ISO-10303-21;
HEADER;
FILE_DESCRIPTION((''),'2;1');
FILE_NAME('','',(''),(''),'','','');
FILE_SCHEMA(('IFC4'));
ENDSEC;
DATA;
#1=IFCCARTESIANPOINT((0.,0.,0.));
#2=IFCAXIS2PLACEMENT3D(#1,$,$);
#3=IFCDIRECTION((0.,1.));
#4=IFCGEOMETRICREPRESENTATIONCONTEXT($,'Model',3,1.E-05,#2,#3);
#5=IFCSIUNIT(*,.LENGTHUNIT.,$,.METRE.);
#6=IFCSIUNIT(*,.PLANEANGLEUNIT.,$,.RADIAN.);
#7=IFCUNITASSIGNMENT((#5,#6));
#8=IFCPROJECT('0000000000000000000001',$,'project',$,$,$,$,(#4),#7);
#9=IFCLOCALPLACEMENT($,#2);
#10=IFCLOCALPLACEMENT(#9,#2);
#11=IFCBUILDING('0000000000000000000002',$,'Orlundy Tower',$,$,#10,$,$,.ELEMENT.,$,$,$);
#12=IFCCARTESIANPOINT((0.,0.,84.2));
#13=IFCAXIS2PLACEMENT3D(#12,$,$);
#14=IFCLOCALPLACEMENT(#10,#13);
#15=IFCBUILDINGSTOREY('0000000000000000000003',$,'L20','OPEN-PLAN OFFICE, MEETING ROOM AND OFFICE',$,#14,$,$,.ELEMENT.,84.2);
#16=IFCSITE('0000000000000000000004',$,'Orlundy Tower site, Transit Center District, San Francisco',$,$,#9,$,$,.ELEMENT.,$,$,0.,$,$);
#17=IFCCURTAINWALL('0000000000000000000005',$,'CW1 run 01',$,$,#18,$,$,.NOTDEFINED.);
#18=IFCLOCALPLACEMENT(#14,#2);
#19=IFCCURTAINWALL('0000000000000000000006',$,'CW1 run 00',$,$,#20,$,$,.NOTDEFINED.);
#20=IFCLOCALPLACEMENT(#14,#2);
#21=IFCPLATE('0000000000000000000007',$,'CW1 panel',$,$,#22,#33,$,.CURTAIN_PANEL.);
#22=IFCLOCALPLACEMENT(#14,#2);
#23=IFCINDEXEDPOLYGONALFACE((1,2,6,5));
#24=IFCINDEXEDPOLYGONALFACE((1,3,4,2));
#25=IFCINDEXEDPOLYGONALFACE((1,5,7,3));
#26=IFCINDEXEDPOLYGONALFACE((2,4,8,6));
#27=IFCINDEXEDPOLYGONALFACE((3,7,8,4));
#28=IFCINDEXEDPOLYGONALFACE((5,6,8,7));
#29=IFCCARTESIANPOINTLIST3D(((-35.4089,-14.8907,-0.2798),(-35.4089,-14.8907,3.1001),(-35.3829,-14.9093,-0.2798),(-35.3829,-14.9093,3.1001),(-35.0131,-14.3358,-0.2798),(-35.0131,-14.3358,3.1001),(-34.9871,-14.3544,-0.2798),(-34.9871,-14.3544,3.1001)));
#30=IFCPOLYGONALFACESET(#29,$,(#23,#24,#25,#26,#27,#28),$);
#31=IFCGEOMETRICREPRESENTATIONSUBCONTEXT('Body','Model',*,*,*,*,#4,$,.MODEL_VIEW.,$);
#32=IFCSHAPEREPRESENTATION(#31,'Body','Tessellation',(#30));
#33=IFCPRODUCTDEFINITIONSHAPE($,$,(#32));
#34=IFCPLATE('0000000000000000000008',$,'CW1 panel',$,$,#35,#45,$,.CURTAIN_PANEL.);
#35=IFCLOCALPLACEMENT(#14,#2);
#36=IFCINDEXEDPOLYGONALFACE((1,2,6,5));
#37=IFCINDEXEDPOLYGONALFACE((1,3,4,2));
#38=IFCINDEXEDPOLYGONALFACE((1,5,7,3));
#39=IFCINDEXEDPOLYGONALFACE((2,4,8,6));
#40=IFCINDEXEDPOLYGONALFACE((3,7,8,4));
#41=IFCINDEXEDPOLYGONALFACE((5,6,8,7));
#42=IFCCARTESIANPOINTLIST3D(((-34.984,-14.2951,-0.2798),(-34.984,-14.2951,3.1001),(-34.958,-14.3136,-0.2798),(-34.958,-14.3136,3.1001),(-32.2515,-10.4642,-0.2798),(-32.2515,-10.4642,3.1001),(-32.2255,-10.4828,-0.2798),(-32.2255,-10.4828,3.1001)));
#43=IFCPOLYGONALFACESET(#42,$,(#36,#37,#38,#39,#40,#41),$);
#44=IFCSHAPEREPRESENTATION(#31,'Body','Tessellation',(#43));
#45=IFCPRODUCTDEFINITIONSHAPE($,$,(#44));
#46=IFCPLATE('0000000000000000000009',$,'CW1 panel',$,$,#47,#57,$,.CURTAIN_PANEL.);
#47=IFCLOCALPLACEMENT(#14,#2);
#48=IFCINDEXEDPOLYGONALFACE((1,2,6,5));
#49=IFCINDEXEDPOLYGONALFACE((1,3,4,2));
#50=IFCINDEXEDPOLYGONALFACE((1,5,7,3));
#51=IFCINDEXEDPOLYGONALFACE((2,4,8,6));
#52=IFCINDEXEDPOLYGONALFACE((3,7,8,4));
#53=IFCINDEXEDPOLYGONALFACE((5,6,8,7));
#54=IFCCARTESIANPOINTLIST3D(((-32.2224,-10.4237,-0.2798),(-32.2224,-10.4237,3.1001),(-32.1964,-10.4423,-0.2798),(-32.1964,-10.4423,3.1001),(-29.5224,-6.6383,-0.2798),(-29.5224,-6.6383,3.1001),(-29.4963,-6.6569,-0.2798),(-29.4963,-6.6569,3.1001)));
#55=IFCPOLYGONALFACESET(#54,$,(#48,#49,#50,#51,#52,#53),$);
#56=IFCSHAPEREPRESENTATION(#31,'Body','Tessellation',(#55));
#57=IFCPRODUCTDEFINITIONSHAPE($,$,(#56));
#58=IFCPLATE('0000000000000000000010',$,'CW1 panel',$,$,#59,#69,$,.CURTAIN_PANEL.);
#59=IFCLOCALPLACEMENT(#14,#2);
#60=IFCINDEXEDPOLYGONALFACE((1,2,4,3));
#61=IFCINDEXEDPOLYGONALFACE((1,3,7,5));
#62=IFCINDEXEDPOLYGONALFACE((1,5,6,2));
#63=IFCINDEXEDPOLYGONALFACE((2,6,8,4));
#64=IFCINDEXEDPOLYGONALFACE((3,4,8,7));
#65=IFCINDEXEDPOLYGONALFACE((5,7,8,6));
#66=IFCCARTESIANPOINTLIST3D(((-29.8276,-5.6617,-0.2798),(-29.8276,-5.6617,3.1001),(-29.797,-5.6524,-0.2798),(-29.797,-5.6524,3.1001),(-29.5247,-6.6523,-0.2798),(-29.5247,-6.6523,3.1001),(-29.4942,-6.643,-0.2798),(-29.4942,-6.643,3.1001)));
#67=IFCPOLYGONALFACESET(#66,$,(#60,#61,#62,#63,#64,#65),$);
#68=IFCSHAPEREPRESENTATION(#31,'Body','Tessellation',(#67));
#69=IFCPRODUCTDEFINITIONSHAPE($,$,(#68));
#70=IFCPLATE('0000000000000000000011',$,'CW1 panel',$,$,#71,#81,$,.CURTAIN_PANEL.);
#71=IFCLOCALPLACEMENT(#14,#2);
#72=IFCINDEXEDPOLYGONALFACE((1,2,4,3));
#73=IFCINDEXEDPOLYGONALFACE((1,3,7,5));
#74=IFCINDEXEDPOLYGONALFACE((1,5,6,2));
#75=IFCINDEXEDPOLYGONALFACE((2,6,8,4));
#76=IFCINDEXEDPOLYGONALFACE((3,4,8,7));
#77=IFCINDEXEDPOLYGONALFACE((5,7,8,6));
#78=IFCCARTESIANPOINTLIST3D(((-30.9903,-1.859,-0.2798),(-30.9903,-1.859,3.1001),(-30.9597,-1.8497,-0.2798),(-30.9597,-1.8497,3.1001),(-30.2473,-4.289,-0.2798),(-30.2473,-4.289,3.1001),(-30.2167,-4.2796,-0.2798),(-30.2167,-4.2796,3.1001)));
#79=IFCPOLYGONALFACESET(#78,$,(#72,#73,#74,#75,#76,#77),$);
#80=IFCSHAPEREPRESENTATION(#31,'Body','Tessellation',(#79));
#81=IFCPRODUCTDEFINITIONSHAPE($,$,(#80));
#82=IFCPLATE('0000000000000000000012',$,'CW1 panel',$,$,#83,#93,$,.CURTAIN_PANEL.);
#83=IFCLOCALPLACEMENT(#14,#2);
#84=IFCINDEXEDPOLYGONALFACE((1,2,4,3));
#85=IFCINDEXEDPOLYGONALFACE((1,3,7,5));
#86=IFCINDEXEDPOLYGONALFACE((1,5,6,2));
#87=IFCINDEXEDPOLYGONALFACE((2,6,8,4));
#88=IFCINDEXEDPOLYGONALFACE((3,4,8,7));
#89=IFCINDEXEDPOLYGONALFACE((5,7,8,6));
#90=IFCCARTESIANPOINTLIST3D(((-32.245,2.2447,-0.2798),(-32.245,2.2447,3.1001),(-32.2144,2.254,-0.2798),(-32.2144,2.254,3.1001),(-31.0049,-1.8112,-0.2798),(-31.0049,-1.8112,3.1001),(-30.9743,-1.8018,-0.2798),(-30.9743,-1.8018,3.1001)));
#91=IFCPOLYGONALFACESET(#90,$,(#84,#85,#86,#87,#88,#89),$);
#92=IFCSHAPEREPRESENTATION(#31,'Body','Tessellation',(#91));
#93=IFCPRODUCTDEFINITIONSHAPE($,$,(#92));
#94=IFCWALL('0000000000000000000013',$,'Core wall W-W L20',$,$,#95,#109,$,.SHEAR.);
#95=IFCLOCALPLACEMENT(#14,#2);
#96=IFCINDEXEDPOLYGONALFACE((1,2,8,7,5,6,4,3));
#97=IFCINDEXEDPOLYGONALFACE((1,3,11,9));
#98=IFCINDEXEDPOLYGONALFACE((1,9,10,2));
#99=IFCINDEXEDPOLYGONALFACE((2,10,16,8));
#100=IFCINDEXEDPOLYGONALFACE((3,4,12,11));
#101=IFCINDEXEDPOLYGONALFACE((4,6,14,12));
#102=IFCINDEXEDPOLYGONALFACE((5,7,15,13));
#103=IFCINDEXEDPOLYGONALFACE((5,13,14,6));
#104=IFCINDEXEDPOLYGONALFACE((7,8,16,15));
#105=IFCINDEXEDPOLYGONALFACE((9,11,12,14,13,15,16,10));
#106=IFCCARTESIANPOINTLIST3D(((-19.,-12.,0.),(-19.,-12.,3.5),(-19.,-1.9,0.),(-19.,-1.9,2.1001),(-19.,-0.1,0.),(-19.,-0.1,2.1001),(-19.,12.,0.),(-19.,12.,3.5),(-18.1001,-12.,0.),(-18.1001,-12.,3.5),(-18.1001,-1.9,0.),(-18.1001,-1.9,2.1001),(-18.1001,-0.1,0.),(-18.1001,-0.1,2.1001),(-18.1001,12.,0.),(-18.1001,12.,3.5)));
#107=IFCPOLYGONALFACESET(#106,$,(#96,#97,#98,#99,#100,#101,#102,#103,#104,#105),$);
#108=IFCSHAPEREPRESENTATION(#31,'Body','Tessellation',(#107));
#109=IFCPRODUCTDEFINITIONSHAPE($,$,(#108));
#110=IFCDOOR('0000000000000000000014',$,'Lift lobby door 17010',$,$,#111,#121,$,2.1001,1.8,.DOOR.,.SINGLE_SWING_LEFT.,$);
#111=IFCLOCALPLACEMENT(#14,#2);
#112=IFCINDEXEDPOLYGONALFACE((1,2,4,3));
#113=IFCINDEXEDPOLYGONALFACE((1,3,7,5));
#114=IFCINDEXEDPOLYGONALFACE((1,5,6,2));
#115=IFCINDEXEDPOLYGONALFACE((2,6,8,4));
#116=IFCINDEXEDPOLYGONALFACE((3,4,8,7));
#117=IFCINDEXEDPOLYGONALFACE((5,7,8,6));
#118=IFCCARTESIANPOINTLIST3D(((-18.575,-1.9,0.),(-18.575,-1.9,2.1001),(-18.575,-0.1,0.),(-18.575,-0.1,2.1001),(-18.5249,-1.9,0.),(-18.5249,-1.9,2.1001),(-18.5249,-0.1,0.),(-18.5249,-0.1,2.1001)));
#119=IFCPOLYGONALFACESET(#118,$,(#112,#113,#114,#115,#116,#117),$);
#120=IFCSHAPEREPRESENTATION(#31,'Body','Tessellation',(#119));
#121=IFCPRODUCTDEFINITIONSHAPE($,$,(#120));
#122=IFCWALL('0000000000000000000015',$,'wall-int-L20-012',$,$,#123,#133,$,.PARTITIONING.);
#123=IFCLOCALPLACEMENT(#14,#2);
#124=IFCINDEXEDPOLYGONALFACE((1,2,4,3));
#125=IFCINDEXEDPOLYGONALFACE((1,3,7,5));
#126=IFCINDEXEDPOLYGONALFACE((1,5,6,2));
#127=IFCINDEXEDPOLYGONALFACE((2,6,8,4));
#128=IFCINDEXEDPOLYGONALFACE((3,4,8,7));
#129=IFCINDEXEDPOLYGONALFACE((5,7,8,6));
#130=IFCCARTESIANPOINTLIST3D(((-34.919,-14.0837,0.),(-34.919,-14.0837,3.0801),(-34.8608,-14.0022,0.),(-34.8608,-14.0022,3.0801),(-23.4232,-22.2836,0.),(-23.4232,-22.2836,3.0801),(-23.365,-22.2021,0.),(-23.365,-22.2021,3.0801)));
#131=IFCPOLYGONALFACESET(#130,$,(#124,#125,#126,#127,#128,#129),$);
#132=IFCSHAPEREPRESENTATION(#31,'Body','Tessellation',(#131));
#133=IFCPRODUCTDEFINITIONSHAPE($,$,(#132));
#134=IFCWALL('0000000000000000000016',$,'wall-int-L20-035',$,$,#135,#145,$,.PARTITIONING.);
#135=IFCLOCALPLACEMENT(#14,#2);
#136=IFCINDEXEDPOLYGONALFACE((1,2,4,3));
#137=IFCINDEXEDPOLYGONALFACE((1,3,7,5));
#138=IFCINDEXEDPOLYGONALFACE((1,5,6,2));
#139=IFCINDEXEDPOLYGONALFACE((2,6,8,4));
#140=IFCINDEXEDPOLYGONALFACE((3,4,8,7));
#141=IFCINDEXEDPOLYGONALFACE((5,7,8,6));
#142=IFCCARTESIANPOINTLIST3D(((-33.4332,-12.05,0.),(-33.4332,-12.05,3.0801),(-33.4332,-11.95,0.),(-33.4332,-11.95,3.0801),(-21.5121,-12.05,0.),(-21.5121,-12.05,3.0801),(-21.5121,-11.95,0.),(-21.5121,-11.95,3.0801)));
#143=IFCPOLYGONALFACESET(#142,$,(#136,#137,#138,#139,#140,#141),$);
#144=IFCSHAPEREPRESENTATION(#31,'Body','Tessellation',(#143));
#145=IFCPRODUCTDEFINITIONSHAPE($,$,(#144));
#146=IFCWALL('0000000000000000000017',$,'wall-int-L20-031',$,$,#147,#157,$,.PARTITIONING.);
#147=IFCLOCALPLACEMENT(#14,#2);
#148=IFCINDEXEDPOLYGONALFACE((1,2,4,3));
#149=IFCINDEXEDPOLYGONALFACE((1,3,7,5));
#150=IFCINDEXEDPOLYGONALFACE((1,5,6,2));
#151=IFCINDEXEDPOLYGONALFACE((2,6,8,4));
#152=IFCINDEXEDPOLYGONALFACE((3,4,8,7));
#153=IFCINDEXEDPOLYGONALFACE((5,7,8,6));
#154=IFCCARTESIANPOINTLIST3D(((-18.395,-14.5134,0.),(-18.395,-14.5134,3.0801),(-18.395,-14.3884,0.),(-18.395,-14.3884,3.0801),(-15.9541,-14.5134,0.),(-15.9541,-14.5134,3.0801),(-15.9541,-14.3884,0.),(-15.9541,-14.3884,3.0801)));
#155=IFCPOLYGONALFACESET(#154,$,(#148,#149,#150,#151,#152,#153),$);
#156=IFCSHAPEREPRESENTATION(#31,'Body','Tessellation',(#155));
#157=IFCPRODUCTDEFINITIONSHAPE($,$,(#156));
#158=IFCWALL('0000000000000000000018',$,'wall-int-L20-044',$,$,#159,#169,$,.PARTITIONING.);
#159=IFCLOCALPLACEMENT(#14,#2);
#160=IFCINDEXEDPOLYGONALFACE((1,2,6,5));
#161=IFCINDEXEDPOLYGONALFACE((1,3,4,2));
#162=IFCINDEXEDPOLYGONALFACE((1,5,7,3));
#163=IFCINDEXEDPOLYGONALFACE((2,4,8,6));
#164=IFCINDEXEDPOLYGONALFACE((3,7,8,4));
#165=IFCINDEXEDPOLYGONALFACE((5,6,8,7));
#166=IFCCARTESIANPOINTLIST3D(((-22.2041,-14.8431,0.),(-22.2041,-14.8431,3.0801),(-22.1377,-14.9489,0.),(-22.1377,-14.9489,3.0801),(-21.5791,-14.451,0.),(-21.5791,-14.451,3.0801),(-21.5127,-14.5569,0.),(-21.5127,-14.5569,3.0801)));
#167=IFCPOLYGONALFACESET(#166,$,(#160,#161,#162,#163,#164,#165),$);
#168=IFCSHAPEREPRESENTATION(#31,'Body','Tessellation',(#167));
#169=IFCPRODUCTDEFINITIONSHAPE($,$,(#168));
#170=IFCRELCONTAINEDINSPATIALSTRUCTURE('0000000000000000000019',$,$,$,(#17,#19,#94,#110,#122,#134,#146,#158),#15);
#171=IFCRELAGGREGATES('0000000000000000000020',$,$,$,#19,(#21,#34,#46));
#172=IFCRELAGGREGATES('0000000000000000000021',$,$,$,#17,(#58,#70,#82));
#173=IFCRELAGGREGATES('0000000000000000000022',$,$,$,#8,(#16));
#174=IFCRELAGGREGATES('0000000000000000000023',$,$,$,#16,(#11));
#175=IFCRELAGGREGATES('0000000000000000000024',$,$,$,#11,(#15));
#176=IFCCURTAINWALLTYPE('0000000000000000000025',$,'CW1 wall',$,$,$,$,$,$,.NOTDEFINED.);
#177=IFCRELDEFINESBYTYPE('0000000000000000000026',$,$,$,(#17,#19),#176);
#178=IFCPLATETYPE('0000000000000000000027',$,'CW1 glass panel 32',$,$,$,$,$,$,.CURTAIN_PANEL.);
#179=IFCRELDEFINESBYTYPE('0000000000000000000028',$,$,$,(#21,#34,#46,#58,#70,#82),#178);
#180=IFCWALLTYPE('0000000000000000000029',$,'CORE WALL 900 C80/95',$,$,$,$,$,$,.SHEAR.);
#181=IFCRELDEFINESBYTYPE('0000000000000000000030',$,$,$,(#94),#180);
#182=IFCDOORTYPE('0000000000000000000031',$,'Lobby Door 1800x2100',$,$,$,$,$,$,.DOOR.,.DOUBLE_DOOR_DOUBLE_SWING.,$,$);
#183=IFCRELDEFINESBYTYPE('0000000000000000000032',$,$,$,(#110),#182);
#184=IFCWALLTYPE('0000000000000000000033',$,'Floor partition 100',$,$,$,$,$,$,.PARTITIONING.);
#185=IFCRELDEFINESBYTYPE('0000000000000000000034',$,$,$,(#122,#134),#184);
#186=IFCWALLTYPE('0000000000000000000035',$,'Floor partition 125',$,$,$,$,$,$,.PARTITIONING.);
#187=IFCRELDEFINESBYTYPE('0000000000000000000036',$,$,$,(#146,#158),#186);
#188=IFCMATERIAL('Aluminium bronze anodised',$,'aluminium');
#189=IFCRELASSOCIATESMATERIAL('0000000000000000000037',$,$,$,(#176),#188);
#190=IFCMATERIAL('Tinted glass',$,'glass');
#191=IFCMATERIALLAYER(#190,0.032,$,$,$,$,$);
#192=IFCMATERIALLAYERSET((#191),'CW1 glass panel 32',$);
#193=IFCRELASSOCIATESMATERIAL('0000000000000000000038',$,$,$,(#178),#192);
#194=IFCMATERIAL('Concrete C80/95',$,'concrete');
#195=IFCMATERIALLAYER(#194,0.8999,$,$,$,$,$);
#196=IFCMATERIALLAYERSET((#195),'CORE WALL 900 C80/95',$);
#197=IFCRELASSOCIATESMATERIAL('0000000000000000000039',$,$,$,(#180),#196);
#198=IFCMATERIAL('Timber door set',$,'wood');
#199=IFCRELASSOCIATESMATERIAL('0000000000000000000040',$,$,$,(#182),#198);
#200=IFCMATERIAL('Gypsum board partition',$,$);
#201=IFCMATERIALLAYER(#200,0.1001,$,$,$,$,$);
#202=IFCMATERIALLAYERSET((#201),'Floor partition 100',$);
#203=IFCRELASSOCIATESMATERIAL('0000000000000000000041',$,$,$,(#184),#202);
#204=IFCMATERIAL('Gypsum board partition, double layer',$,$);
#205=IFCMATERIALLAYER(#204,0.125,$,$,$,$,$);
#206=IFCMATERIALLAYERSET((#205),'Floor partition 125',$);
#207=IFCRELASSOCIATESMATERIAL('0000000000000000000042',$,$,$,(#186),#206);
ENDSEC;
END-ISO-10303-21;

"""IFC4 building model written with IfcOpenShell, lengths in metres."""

from ifc_helpers import new_model, si_unit, direction, frame, frame_2d, origin, origin_2d, place, context, subcontext, project, spatial, rectangle, extrude, material, layer, layer_set, type_object, element, fill, aggregate, save


model = new_model("IFC4")

# Units and contexts
model_context = context("Model", 3, precision=1e-05, world=origin(), true_north=direction((0.0, 1.0)))
body_context = subcontext(model_context, "Body", "Model", "MODEL_VIEW")
ifc_project = project(units=[si_unit("LENGTHUNIT", "METRE"), si_unit("PLANEANGLEUNIT", "RADIAN")], contexts=[model_context])

# Site, building, storey
site_placement = place(None, origin())
site = spatial("IfcSite", under=ifc_project, at=site_placement, Name="Orlundy Tower site, Transit Center District, San Francisco", CompositionType="ELEMENT", RefElevation=0.0)
building_placement = place(site_placement, origin())
building = spatial("IfcBuilding", under=site, at=building_placement, Name="Orlundy Tower", CompositionType="ELEMENT")
storey_placement = place(building_placement, frame((0.0, 0.0, 84.2)))
storey = spatial("IfcBuildingStorey", under=building, at=storey_placement, Name="L20", Description="OPEN-PLAN OFFICE, MEETING ROOM AND OFFICE", CompositionType="ELEMENT", Elevation=84.2)

# Curtain wall
ifc_material_1 = material(Name="Aluminium bronze anodised", Category="aluminium")
curtain_wall_type = type_object("IfcCurtainWallType", Name="CW1 wall", PredefinedType="NOTDEFINED", material=ifc_material_1)
curtain_wall_1_placement = place(storey_placement, origin())
curtain_wall_1 = element("IfcCurtainWall", 1, at=curtain_wall_1_placement, inside=storey, type_object=curtain_wall_type, Name="CW1 run 01", PredefinedType="NOTDEFINED")

# Curtain wall
curtain_wall_2_placement = place(storey_placement, origin())
curtain_wall_2 = element("IfcCurtainWall", 2, at=curtain_wall_2_placement, inside=storey, type_object=curtain_wall_type, Name="CW1 run 00", PredefinedType="NOTDEFINED")

# Plates
ifc_material_2 = material(Name="Tinted glass", Category="glass")
ifc_layer_1 = layer(ifc_material_2, 0.032)
ifc_layer_set_1 = layer_set([ifc_layer_1], Name="CW1 glass panel 32")
plate_type = type_object("IfcPlateType", Name="CW1 glass panel 32", PredefinedType="CURTAIN_PANEL", material=ifc_layer_set_1)
plate_1_placement = place(storey_placement, frame((-35.198, -14.6226, -0.2798), z_axis=(0.0, 0.0, 1.0), x_axis=(0.580701, 0.814117, 0.0)))
plate_1 = element("IfcPlate", 3, at=plate_1_placement, type_object=plate_type, Name="CW1 panel", PredefinedType="CURTAIN_PANEL", context=body_context, shape_type="SweptSolid", body=[
    extrude(rectangle(XDim=0.6816, YDim=0.032, at=origin_2d()), origin(), (0.0, 0.0, 1.0), 3.3799),
])
plate_2_placement = place(storey_placement, frame((-33.6047, -12.3889, -0.2798), z_axis=(0.0, 0.0, 1.0), x_axis=(0.580701, 0.814117, 0.0)))
plate_2 = element("IfcPlate", 4, at=plate_2_placement, type_object=plate_type, Name="CW1 panel", PredefinedType="CURTAIN_PANEL", context=body_context, shape_type="SweptSolid", body=[
    extrude(rectangle(XDim=4.7056, YDim=0.032, at=origin_2d()), origin(), (0.0, 0.0, 1.0), 3.3799),
])
plate_3_placement = place(storey_placement, frame((-30.8594, -8.5403, -0.2798), z_axis=(0.0, 0.0, 1.0), x_axis=(0.580701, 0.814117, 0.0)))
plate_3 = element("IfcPlate", 5, at=plate_3_placement, type_object=plate_type, Name="CW1 panel", PredefinedType="CURTAIN_PANEL", context=body_context, shape_type="SweptSolid", body=[
    extrude(rectangle(XDim=4.6497, YDim=0.032, at=origin_2d()), origin(), (0.0, 0.0, 1.0), 3.3799),
])
aggregate(curtain_wall_2, [plate_1, plate_2, plate_3])
plate_4_placement = place(storey_placement, frame((-29.6609, -6.1523, -0.2798), z_axis=(0.0, 0.0, 1.0), x_axis=(-0.29239, 0.956299, 0.0)))
plate_4 = element("IfcPlate", 6, at=plate_4_placement, type_object=plate_type, Name="CW1 panel", PredefinedType="CURTAIN_PANEL", context=body_context, shape_type="SweptSolid", body=[
    extrude(rectangle(XDim=1.0359, YDim=0.032, at=origin_2d()), origin(), (0.0, 0.0, 1.0), 3.3799),
])
plate_5_placement = place(storey_placement, frame((-30.6035, -3.0693, -0.2798), z_axis=(0.0, 0.0, 1.0), x_axis=(-0.29239, 0.956299, 0.0)))
plate_5 = element("IfcPlate", 7, at=plate_5_placement, type_object=plate_type, Name="CW1 panel", PredefinedType="CURTAIN_PANEL", context=body_context, shape_type="SweptSolid", body=[
    extrude(rectangle(XDim=2.541, YDim=0.032, at=origin_2d()), origin(), (0.0, 0.0, 1.0), 3.3799),
])
plate_6_placement = place(storey_placement, frame((-31.6096, 0.2214, -0.2798), z_axis=(0.0, 0.0, 1.0), x_axis=(-0.29239, 0.956299, 0.0)))
plate_6 = element("IfcPlate", 8, at=plate_6_placement, type_object=plate_type, Name="CW1 panel", PredefinedType="CURTAIN_PANEL", context=body_context, shape_type="SweptSolid", body=[
    extrude(rectangle(XDim=4.2412, YDim=0.032, at=origin_2d()), origin(), (0.0, 0.0, 1.0), 3.3799),
])
aggregate(curtain_wall_1, [plate_4, plate_5, plate_6])

# Wall, opening, door
ifc_material_3 = material(Name="Concrete C80/95", Category="concrete")
ifc_layer_2 = layer(ifc_material_3, 0.8999)
ifc_layer_set_2 = layer_set([ifc_layer_2], Name="CORE WALL 900 C80/95")
wall_type_1 = type_object("IfcWallType", Name="CORE WALL 900 C80/95", PredefinedType="SHEAR", material=ifc_layer_set_2)
wall_1_placement = place(storey_placement, frame((-18.55, -12.0, 0.0), z_axis=(0.0, 0.0, 1.0), x_axis=(0.0, 1.0, 0.0)))
wall_1 = element("IfcWall", 9, at=wall_1_placement, inside=storey, type_object=wall_type_1, Name="Core wall W-W L20", PredefinedType="SHEAR", context=body_context, shape_type="SweptSolid", body=[
    extrude(rectangle(XDim=24.0, YDim=0.8999, at=frame_2d((12.0, 0.0))), origin(), (0.0, 0.0, 1.0), 3.5),
])
opening_1_placement = place(wall_1_placement, frame((10.1001, 0.0, 0.0)))
opening_1 = element("IfcOpeningElement", 10, at=opening_1_placement, cuts=wall_1, PredefinedType="OPENING", context=body_context, shape_type="SweptSolid", body=[
    extrude(rectangle(XDim=1.8, YDim=2.1001, at=frame_2d((0.8999, 1.05))), frame((0.0, 0.46, 0.0), z_axis=(0.0, -1.0, 0.0), x_axis=(1.0, 0.0, 0.0)), (0.0, 0.0, 1.0), 0.9199),
])
ifc_material_4 = material(Name="Timber door set", Category="wood")
door_type_1 = type_object("IfcDoorType", Name="Lobby Door 1800x2100", OperationType="DOUBLE_DOOR_DOUBLE_SWING", PredefinedType="DOOR", material=ifc_material_4)
door_1_placement = place(opening_1_placement, origin())
door_1 = element("IfcDoor", 11, at=door_1_placement, inside=storey, type_object=door_type_1, Name="Lift lobby door 17010", OperationType="SINGLE_SWING_LEFT", OverallHeight=2.1001, OverallWidth=1.8, PredefinedType="DOOR", context=body_context, shape_type="SweptSolid", body=[
    extrude(rectangle(XDim=1.8, YDim=2.1001, at=frame_2d((0.8999, 1.05))), frame((0.0, 0.0249, 0.0), z_axis=(0.0, -1.0, 0.0), x_axis=(1.0, 0.0, 0.0)), (0.0, 0.0, 1.0), 0.05),
])
fill(opening_1, door_1)

# Walls
ifc_material_5 = material(Name="Gypsum board partition")
ifc_layer_3 = layer(ifc_material_5, 0.1001)
ifc_layer_set_3 = layer_set([ifc_layer_3], Name="Floor partition 100")
wall_type_2 = type_object("IfcWallType", Name="Floor partition 100", PredefinedType="PARTITIONING", material=ifc_layer_set_3)
wall_2_placement = place(storey_placement, frame((-34.8899, -14.043, 0.0), z_axis=(0.0, 0.0, 1.0), x_axis=(0.814114, -0.580705, 0.0)))
element("IfcWall", 12, at=wall_2_placement, inside=storey, type_object=wall_type_2, Name="wall-int-L20-012", PredefinedType="PARTITIONING", context=body_context, shape_type="SweptSolid", body=[
    extrude(rectangle(XDim=14.1206, YDim=0.1001, at=frame_2d((7.0603, 0.0))), origin(), (0.0, 0.0, 1.0), 3.0801),
])
wall_3_placement = place(storey_placement, frame((-33.4331, -12.0, 0.0), z_axis=(0.0, 0.0, 1.0), x_axis=(1.0, 0.0, 0.0)))
element("IfcWall", 13, at=wall_3_placement, inside=storey, type_object=wall_type_2, Name="wall-int-L20-035", PredefinedType="PARTITIONING", context=body_context, shape_type="SweptSolid", body=[
    extrude(rectangle(XDim=11.9211, YDim=0.1001, at=frame_2d((5.9604, 0.0))), origin(), (0.0, 0.0, 1.0), 3.0801),
])
ifc_material_6 = material(Name="Gypsum board partition, double layer")
ifc_layer_4 = layer(ifc_material_6, 0.125)
ifc_layer_set_4 = layer_set([ifc_layer_4], Name="Floor partition 125")
wall_type_3 = type_object("IfcWallType", Name="Floor partition 125", PredefinedType="PARTITIONING", material=ifc_layer_set_4)
wall_4_placement = place(storey_placement, frame((-18.395, -14.4509, 0.0), z_axis=(0.0, 0.0, 1.0), x_axis=(1.0, 0.0, 0.0)))
element("IfcWall", 14, at=wall_4_placement, inside=storey, type_object=wall_type_3, Name="wall-int-L20-031", PredefinedType="PARTITIONING", context=body_context, shape_type="SweptSolid", body=[
    extrude(rectangle(XDim=2.4409, YDim=0.125, at=frame_2d((1.2205, 0.0))), origin(), (0.0, 0.0, 1.0), 3.0801),
])
wall_5_placement = place(storey_placement, frame((-22.1709, -14.896, 0.0), z_axis=(0.0, 0.0, 1.0), x_axis=(0.847105, 0.531426, 0.0)))
element("IfcWall", 15, at=wall_5_placement, inside=storey, type_object=wall_type_3, Name="wall-int-L20-044", PredefinedType="PARTITIONING", context=body_context, shape_type="SweptSolid", body=[
    extrude(rectangle(XDim=0.7378, YDim=0.125, at=frame_2d((0.3689, 0.0))), origin(), (0.0, 0.0, 1.0), 3.0801),
])

save(model, "model.ifc")
